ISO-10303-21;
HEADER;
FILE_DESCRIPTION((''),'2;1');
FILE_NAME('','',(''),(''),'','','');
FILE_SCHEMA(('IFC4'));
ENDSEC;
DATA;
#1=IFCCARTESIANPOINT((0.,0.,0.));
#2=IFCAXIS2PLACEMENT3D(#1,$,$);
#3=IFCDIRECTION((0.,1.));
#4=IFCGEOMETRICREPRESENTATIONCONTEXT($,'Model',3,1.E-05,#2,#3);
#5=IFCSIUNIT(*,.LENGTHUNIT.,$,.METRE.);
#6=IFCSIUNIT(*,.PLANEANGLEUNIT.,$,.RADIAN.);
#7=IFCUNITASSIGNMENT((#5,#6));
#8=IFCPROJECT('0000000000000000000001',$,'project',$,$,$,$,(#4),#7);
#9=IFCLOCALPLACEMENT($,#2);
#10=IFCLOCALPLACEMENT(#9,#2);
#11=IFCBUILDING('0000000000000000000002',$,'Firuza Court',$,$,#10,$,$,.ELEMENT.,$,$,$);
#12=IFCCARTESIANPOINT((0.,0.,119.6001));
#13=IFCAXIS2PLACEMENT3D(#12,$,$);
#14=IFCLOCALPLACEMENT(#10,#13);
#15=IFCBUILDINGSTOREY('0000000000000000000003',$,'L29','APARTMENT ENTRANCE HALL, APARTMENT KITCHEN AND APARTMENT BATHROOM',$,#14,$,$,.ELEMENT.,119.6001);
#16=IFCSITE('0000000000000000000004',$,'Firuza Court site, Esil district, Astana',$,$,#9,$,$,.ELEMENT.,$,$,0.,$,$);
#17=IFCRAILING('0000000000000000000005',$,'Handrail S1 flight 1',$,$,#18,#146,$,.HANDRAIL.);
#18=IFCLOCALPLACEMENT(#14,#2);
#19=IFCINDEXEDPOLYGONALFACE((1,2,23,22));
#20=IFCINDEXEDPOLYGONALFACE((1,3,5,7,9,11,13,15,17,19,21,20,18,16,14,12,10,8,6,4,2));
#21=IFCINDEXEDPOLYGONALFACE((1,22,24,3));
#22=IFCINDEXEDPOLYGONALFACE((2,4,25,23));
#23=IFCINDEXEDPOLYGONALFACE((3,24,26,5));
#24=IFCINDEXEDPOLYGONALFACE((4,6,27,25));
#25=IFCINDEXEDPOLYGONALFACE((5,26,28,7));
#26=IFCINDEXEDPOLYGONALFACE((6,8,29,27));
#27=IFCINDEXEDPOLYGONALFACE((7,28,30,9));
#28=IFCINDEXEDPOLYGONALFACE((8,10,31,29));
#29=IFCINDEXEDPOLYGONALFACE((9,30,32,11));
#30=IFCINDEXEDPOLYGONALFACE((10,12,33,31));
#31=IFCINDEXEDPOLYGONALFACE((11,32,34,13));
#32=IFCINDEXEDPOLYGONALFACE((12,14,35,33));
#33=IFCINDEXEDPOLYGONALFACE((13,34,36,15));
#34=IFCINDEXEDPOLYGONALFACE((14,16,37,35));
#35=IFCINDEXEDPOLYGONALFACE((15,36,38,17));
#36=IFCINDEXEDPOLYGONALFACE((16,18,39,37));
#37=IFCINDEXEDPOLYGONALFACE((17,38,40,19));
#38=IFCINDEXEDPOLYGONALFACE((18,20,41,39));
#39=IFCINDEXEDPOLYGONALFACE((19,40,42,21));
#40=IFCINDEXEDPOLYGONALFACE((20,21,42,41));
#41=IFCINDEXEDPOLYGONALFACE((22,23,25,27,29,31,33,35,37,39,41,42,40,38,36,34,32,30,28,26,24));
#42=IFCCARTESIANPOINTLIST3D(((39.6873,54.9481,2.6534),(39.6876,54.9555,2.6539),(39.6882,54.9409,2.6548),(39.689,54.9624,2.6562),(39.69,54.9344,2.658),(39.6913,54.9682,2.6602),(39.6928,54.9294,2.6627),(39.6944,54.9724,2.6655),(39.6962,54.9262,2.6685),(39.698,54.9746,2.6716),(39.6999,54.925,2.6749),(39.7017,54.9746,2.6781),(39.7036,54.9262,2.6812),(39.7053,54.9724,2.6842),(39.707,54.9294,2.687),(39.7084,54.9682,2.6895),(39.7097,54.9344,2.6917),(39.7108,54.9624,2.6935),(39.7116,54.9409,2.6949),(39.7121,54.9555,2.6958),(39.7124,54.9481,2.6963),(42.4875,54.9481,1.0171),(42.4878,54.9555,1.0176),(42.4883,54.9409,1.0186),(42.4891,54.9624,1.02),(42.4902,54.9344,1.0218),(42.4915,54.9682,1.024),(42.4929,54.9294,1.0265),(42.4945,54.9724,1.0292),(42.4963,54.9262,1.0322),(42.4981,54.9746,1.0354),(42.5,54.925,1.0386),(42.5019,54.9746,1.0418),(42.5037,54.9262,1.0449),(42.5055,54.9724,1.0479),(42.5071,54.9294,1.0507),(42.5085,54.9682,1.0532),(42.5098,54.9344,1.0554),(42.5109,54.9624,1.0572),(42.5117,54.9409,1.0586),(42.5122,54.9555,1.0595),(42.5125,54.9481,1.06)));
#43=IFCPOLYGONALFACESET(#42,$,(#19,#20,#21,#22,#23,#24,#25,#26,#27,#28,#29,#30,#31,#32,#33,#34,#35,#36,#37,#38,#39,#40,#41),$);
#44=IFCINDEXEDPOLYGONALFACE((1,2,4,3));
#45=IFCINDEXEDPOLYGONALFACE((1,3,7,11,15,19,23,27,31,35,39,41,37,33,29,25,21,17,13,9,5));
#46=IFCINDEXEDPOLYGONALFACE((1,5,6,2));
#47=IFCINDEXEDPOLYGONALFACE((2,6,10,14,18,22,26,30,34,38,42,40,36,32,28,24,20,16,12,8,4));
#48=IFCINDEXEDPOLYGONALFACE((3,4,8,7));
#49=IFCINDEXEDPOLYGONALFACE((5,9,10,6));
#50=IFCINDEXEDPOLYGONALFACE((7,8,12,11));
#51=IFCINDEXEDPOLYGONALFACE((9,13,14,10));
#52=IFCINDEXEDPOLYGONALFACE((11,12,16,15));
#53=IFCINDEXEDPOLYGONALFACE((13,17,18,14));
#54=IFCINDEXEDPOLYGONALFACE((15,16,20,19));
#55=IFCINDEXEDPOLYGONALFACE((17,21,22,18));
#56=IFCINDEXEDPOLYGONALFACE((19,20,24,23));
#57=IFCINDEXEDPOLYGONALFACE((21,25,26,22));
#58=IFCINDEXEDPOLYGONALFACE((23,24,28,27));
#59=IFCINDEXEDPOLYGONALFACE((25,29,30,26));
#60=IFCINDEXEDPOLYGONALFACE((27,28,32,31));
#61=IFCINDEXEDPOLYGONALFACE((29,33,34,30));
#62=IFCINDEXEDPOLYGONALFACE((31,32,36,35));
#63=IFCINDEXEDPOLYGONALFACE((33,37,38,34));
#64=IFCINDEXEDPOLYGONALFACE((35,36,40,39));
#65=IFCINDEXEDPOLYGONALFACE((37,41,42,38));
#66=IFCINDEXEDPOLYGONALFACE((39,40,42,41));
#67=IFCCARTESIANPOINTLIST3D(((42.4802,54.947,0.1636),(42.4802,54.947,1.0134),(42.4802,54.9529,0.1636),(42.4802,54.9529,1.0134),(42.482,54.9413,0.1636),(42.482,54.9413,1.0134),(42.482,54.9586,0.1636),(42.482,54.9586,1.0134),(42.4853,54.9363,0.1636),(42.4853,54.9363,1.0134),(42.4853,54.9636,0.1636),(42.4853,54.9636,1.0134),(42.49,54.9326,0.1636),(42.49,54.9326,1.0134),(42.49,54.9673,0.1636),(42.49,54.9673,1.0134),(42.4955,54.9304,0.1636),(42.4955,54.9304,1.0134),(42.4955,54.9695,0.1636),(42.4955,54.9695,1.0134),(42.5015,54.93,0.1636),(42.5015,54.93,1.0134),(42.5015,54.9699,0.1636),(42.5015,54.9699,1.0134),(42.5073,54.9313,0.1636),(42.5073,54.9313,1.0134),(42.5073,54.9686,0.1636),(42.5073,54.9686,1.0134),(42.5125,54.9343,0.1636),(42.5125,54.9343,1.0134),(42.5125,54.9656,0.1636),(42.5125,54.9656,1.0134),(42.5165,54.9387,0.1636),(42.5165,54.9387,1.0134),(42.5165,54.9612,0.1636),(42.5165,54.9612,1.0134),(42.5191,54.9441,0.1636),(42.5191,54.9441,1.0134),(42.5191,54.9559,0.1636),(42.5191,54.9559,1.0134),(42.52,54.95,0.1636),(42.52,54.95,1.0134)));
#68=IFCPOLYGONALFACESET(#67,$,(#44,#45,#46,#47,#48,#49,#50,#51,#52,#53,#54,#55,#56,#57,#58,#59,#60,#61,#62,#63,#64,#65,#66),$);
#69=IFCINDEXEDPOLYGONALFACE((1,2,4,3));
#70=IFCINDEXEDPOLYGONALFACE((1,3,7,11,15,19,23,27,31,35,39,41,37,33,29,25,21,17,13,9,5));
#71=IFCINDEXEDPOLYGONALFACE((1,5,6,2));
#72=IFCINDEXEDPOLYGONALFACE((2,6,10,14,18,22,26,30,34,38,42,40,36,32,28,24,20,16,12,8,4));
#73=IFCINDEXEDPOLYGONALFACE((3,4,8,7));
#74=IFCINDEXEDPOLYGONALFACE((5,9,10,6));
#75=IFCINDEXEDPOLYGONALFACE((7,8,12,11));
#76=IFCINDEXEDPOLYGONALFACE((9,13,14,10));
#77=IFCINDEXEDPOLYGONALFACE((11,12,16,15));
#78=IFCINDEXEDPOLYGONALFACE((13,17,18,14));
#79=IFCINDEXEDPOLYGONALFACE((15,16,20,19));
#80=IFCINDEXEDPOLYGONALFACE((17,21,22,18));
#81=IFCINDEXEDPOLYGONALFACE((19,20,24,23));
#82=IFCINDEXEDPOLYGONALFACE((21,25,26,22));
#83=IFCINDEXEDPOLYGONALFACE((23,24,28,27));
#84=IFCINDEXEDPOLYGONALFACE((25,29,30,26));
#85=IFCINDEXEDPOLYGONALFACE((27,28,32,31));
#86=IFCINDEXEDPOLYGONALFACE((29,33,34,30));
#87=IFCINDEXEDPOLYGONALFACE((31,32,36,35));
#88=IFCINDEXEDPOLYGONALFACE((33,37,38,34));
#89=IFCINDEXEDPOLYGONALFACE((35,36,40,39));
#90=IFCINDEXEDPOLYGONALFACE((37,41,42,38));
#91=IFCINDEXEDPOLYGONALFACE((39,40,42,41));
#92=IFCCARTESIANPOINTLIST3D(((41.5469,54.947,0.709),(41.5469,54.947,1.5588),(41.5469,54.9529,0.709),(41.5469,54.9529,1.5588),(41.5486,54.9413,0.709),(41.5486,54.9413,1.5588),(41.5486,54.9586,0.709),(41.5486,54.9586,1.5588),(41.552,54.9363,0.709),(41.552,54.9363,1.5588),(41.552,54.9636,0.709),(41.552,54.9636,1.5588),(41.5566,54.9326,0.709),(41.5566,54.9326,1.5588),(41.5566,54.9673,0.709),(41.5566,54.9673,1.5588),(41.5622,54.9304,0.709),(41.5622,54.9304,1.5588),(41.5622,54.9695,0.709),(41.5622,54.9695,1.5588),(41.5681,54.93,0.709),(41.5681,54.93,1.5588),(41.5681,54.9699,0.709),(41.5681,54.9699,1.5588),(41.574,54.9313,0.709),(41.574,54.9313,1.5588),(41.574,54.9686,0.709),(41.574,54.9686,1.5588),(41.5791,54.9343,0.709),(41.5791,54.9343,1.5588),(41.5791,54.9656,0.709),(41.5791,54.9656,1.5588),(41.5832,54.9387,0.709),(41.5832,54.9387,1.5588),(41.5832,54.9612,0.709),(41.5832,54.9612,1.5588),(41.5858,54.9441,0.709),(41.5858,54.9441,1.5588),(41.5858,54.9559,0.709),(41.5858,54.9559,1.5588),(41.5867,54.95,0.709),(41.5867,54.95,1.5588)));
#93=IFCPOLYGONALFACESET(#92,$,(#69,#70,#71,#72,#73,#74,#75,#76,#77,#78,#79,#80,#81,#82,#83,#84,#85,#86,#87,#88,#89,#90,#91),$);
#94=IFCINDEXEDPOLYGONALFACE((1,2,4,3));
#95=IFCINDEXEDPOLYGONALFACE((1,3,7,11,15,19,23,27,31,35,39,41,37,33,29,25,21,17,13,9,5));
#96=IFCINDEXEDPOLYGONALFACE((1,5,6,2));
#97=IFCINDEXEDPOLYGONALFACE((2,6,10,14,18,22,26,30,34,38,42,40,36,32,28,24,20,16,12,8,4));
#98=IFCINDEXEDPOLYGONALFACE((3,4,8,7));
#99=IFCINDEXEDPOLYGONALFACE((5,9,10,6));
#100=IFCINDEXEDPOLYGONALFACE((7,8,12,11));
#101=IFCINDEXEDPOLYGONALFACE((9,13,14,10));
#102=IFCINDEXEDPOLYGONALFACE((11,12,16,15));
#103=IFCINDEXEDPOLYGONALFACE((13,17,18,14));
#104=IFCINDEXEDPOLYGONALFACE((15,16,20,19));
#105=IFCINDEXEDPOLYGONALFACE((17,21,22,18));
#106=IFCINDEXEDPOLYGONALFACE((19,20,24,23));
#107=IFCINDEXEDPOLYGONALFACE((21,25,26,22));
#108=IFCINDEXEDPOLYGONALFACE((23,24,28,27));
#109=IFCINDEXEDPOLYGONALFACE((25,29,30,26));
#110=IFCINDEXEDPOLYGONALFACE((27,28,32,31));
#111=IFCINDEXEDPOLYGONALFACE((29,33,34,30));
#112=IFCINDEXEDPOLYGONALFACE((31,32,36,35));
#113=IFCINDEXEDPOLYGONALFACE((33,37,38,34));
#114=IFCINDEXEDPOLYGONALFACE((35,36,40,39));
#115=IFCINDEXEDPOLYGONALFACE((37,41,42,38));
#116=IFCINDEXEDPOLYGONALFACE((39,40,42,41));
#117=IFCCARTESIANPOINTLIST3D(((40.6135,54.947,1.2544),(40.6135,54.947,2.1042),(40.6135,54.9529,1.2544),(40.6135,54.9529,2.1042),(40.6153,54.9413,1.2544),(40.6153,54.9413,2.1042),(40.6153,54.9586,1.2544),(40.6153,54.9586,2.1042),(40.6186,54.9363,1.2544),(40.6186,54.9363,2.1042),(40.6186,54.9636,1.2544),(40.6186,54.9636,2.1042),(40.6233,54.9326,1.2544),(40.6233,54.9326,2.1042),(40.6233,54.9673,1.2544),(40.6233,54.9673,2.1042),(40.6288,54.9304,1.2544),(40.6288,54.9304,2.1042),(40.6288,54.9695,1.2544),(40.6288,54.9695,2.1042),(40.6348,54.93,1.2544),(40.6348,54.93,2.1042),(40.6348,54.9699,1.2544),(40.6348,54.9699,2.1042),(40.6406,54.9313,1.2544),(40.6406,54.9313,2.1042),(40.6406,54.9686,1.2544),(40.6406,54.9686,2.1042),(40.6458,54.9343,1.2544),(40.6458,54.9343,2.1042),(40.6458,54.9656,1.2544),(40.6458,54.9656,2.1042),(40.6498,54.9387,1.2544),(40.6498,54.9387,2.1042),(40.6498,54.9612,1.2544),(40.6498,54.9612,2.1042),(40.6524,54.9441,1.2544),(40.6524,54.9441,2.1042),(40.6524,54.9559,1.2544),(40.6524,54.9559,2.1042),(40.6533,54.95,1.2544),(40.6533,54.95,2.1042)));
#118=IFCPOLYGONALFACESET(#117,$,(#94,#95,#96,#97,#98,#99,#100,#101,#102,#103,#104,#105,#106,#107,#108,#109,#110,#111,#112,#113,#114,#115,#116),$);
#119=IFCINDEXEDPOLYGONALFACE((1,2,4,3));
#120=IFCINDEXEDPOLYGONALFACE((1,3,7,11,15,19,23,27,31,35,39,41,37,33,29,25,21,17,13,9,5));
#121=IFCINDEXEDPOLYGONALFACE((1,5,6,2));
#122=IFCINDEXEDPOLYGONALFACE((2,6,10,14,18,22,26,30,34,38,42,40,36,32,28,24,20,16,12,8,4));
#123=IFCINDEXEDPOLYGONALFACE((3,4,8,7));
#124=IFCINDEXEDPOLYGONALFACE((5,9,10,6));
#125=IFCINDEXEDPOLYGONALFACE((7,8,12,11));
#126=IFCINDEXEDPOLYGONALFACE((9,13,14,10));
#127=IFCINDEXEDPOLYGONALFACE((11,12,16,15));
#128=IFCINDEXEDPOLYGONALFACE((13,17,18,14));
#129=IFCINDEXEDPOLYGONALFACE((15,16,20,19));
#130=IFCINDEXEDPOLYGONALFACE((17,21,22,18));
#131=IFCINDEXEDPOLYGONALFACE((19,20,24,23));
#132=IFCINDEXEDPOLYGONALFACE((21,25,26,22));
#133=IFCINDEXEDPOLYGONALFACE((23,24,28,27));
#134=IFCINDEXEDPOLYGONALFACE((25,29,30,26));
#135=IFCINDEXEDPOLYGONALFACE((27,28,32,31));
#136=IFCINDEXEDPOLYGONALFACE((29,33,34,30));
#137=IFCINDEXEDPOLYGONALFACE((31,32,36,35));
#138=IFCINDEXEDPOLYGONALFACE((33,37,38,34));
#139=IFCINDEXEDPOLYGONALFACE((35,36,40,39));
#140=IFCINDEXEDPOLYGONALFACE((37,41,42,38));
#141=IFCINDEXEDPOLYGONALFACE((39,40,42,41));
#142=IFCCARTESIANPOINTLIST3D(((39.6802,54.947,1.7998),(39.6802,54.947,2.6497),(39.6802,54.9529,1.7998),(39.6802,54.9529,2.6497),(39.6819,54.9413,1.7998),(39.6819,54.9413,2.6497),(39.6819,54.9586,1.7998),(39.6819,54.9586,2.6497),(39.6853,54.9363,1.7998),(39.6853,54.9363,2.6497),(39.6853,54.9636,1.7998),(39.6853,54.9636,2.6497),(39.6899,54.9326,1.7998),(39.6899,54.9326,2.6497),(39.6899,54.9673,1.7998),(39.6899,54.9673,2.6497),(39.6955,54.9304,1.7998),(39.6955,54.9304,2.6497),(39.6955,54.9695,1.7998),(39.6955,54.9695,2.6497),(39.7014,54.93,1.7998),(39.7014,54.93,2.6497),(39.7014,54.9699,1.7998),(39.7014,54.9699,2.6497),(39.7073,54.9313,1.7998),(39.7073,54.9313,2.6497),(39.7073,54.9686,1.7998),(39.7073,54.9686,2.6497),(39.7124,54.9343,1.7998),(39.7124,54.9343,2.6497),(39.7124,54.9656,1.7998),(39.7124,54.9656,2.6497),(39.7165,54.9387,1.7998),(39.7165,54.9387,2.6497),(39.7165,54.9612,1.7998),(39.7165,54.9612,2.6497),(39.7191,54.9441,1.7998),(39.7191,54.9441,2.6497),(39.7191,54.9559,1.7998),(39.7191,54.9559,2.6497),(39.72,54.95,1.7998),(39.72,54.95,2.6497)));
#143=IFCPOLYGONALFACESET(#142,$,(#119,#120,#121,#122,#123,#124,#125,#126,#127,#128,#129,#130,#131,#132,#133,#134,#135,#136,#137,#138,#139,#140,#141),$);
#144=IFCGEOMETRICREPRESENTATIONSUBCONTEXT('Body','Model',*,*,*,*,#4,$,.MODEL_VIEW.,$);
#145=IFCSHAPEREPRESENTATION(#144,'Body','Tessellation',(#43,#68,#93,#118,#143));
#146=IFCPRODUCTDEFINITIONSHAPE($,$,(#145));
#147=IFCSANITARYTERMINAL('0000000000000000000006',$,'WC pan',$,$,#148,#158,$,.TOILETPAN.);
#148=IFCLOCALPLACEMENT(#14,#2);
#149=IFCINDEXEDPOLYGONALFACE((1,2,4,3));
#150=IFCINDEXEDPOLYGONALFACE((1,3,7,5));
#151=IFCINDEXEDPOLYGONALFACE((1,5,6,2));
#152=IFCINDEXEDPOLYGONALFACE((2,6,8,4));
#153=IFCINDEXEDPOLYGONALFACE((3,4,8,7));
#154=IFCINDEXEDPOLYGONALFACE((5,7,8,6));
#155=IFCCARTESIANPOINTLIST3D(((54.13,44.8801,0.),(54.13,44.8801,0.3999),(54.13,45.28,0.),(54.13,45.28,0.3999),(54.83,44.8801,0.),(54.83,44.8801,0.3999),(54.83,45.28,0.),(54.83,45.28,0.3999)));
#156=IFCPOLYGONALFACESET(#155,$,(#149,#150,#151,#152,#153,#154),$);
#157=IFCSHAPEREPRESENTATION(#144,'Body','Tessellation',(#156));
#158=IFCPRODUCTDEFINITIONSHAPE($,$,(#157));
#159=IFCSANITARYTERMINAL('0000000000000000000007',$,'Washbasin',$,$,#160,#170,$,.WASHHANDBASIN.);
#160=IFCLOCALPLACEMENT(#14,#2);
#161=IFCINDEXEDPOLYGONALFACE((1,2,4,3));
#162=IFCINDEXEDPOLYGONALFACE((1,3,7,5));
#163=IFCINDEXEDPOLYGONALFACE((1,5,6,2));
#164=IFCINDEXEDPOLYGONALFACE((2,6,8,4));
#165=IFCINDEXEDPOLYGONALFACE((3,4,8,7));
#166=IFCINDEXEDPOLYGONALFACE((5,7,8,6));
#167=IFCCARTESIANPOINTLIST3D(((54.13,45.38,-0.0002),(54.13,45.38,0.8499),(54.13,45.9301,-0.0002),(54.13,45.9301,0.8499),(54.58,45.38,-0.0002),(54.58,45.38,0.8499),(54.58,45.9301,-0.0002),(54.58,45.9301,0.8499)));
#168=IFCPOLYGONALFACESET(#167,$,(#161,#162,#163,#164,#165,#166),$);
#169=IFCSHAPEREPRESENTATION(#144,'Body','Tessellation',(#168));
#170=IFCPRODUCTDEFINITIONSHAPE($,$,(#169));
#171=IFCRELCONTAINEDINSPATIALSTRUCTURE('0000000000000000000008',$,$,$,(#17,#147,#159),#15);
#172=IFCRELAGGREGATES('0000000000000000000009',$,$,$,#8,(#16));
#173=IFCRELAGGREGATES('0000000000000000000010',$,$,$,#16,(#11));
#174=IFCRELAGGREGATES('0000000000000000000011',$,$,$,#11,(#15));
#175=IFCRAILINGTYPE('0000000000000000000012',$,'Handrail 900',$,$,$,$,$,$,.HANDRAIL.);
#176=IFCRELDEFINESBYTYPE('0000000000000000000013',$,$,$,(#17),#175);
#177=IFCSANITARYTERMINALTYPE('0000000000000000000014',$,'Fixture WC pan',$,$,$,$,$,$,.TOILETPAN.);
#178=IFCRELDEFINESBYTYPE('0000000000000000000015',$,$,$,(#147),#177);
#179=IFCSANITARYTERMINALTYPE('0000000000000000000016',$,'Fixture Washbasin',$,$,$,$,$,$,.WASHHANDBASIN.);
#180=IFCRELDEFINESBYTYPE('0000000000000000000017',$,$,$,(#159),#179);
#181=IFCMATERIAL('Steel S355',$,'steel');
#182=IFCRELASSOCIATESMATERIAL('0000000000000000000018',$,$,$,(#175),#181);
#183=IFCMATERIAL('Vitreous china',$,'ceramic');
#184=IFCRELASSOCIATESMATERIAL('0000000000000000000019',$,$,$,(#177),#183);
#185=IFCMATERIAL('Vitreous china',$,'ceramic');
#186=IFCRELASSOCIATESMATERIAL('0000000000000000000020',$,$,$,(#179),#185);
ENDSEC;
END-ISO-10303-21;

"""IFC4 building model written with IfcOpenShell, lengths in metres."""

from ifc_helpers import new_model, si_unit, direction, frame, origin, origin_2d, place, context, subcontext, project, spatial, rectangle, circle, extrude, material, type_object, element, save


model = new_model("IFC4")

# Units and contexts
model_context = context("Model", 3, precision=1e-05, world=origin(), true_north=direction((0.0, 1.0)))
body_context = subcontext(model_context, "Body", "Model", "MODEL_VIEW")
ifc_project = project(units=[si_unit("LENGTHUNIT", "METRE"), si_unit("PLANEANGLEUNIT", "RADIAN")], contexts=[model_context])

# Site, building, storey
site_placement = place(None, origin())
site = spatial("IfcSite", under=ifc_project, at=site_placement, Name="Firuza Court site, Esil district, Astana", CompositionType="ELEMENT", RefElevation=0.0)
building_placement = place(site_placement, origin())
building = spatial("IfcBuilding", under=site, at=building_placement, Name="Firuza Court", CompositionType="ELEMENT")
storey_placement = place(building_placement, frame((0.0, 0.0, 119.6001)))
storey = spatial("IfcBuildingStorey", under=building, at=storey_placement, Name="L29", Description="APARTMENT ENTRANCE HALL, APARTMENT KITCHEN AND APARTMENT BATHROOM", CompositionType="ELEMENT", Elevation=119.6001)

# Railing
ifc_material_1 = material(Name="Steel S355", Category="steel")
railing_type_1 = type_object("IfcRailingType", Name="Handrail 900", PredefinedType="HANDRAIL", material=ifc_material_1)
railing_1_placement = place(storey_placement, frame((42.5, 54.95, 0.1636)))
element("IfcRailing", 1, at=railing_1_placement, inside=storey, type_object=railing_type_1, Name="Handrail S1 flight 1", PredefinedType="HANDRAIL", context=body_context, shape_type="SweptSolid", body=[
    extrude(circle(Radius=0.0249, at=origin_2d()), frame((0.0, 0.0, 0.875), z_axis=(-0.863394, 0.0, 0.504531), x_axis=(0.0, -1.0, 0.0)), (0.0, 0.0, 1.0), 3.2432),
    extrude(circle(Radius=0.02, at=origin_2d()), origin(), (0.0, 0.0, 1.0), 0.8499),
    extrude(circle(Radius=0.02, at=origin_2d()), frame((-0.9333, 0.0, 0.5454)), (0.0, 0.0, 1.0), 0.8499),
    extrude(circle(Radius=0.02, at=origin_2d()), frame((-1.8667, 0.0, 1.0908)), (0.0, 0.0, 1.0), 0.8499),
    extrude(circle(Radius=0.02, at=origin_2d()), frame((-2.8, 0.0, 1.6362)), (0.0, 0.0, 1.0), 0.8499),
])

# Sanitary terminals
ifc_material_2 = material(Name="Vitreous china", Category="ceramic")
sanitary_terminal_type_1 = type_object("IfcSanitaryTerminalType", Name="Fixture WC pan", PredefinedType="TOILETPAN", material=ifc_material_2)
sanitary_terminal_1_placement = place(storey_placement, frame((54.48, 45.0801, 0.0), z_axis=(0.0, 0.0, 1.0), x_axis=(1.0, 0.0, 0.0)))
element("IfcSanitaryTerminal", 2, at=sanitary_terminal_1_placement, inside=storey, type_object=sanitary_terminal_type_1, Name="WC pan", PredefinedType="TOILETPAN", context=body_context, shape_type="SweptSolid", body=[
    extrude(rectangle(XDim=0.7, YDim=0.3999, at=origin_2d()), origin(), (0.0, 0.0, 1.0), 0.3999),
])
ifc_material_3 = material(Name="Vitreous china", Category="ceramic")
sanitary_terminal_type_2 = type_object("IfcSanitaryTerminalType", Name="Fixture Washbasin", PredefinedType="WASHHANDBASIN", material=ifc_material_3)
sanitary_terminal_2_placement = place(storey_placement, frame((54.355, 45.655, -0.0002), z_axis=(0.0, 0.0, 1.0), x_axis=(1.0, 0.0, 0.0)))
element("IfcSanitaryTerminal", 3, at=sanitary_terminal_2_placement, inside=storey, type_object=sanitary_terminal_type_2, Name="Washbasin", PredefinedType="WASHHANDBASIN", context=body_context, shape_type="SweptSolid", body=[
    extrude(rectangle(XDim=0.45, YDim=0.55, at=origin_2d()), origin(), (0.0, 0.0, 1.0), 0.8501),
])

save(model, "model.ifc")
